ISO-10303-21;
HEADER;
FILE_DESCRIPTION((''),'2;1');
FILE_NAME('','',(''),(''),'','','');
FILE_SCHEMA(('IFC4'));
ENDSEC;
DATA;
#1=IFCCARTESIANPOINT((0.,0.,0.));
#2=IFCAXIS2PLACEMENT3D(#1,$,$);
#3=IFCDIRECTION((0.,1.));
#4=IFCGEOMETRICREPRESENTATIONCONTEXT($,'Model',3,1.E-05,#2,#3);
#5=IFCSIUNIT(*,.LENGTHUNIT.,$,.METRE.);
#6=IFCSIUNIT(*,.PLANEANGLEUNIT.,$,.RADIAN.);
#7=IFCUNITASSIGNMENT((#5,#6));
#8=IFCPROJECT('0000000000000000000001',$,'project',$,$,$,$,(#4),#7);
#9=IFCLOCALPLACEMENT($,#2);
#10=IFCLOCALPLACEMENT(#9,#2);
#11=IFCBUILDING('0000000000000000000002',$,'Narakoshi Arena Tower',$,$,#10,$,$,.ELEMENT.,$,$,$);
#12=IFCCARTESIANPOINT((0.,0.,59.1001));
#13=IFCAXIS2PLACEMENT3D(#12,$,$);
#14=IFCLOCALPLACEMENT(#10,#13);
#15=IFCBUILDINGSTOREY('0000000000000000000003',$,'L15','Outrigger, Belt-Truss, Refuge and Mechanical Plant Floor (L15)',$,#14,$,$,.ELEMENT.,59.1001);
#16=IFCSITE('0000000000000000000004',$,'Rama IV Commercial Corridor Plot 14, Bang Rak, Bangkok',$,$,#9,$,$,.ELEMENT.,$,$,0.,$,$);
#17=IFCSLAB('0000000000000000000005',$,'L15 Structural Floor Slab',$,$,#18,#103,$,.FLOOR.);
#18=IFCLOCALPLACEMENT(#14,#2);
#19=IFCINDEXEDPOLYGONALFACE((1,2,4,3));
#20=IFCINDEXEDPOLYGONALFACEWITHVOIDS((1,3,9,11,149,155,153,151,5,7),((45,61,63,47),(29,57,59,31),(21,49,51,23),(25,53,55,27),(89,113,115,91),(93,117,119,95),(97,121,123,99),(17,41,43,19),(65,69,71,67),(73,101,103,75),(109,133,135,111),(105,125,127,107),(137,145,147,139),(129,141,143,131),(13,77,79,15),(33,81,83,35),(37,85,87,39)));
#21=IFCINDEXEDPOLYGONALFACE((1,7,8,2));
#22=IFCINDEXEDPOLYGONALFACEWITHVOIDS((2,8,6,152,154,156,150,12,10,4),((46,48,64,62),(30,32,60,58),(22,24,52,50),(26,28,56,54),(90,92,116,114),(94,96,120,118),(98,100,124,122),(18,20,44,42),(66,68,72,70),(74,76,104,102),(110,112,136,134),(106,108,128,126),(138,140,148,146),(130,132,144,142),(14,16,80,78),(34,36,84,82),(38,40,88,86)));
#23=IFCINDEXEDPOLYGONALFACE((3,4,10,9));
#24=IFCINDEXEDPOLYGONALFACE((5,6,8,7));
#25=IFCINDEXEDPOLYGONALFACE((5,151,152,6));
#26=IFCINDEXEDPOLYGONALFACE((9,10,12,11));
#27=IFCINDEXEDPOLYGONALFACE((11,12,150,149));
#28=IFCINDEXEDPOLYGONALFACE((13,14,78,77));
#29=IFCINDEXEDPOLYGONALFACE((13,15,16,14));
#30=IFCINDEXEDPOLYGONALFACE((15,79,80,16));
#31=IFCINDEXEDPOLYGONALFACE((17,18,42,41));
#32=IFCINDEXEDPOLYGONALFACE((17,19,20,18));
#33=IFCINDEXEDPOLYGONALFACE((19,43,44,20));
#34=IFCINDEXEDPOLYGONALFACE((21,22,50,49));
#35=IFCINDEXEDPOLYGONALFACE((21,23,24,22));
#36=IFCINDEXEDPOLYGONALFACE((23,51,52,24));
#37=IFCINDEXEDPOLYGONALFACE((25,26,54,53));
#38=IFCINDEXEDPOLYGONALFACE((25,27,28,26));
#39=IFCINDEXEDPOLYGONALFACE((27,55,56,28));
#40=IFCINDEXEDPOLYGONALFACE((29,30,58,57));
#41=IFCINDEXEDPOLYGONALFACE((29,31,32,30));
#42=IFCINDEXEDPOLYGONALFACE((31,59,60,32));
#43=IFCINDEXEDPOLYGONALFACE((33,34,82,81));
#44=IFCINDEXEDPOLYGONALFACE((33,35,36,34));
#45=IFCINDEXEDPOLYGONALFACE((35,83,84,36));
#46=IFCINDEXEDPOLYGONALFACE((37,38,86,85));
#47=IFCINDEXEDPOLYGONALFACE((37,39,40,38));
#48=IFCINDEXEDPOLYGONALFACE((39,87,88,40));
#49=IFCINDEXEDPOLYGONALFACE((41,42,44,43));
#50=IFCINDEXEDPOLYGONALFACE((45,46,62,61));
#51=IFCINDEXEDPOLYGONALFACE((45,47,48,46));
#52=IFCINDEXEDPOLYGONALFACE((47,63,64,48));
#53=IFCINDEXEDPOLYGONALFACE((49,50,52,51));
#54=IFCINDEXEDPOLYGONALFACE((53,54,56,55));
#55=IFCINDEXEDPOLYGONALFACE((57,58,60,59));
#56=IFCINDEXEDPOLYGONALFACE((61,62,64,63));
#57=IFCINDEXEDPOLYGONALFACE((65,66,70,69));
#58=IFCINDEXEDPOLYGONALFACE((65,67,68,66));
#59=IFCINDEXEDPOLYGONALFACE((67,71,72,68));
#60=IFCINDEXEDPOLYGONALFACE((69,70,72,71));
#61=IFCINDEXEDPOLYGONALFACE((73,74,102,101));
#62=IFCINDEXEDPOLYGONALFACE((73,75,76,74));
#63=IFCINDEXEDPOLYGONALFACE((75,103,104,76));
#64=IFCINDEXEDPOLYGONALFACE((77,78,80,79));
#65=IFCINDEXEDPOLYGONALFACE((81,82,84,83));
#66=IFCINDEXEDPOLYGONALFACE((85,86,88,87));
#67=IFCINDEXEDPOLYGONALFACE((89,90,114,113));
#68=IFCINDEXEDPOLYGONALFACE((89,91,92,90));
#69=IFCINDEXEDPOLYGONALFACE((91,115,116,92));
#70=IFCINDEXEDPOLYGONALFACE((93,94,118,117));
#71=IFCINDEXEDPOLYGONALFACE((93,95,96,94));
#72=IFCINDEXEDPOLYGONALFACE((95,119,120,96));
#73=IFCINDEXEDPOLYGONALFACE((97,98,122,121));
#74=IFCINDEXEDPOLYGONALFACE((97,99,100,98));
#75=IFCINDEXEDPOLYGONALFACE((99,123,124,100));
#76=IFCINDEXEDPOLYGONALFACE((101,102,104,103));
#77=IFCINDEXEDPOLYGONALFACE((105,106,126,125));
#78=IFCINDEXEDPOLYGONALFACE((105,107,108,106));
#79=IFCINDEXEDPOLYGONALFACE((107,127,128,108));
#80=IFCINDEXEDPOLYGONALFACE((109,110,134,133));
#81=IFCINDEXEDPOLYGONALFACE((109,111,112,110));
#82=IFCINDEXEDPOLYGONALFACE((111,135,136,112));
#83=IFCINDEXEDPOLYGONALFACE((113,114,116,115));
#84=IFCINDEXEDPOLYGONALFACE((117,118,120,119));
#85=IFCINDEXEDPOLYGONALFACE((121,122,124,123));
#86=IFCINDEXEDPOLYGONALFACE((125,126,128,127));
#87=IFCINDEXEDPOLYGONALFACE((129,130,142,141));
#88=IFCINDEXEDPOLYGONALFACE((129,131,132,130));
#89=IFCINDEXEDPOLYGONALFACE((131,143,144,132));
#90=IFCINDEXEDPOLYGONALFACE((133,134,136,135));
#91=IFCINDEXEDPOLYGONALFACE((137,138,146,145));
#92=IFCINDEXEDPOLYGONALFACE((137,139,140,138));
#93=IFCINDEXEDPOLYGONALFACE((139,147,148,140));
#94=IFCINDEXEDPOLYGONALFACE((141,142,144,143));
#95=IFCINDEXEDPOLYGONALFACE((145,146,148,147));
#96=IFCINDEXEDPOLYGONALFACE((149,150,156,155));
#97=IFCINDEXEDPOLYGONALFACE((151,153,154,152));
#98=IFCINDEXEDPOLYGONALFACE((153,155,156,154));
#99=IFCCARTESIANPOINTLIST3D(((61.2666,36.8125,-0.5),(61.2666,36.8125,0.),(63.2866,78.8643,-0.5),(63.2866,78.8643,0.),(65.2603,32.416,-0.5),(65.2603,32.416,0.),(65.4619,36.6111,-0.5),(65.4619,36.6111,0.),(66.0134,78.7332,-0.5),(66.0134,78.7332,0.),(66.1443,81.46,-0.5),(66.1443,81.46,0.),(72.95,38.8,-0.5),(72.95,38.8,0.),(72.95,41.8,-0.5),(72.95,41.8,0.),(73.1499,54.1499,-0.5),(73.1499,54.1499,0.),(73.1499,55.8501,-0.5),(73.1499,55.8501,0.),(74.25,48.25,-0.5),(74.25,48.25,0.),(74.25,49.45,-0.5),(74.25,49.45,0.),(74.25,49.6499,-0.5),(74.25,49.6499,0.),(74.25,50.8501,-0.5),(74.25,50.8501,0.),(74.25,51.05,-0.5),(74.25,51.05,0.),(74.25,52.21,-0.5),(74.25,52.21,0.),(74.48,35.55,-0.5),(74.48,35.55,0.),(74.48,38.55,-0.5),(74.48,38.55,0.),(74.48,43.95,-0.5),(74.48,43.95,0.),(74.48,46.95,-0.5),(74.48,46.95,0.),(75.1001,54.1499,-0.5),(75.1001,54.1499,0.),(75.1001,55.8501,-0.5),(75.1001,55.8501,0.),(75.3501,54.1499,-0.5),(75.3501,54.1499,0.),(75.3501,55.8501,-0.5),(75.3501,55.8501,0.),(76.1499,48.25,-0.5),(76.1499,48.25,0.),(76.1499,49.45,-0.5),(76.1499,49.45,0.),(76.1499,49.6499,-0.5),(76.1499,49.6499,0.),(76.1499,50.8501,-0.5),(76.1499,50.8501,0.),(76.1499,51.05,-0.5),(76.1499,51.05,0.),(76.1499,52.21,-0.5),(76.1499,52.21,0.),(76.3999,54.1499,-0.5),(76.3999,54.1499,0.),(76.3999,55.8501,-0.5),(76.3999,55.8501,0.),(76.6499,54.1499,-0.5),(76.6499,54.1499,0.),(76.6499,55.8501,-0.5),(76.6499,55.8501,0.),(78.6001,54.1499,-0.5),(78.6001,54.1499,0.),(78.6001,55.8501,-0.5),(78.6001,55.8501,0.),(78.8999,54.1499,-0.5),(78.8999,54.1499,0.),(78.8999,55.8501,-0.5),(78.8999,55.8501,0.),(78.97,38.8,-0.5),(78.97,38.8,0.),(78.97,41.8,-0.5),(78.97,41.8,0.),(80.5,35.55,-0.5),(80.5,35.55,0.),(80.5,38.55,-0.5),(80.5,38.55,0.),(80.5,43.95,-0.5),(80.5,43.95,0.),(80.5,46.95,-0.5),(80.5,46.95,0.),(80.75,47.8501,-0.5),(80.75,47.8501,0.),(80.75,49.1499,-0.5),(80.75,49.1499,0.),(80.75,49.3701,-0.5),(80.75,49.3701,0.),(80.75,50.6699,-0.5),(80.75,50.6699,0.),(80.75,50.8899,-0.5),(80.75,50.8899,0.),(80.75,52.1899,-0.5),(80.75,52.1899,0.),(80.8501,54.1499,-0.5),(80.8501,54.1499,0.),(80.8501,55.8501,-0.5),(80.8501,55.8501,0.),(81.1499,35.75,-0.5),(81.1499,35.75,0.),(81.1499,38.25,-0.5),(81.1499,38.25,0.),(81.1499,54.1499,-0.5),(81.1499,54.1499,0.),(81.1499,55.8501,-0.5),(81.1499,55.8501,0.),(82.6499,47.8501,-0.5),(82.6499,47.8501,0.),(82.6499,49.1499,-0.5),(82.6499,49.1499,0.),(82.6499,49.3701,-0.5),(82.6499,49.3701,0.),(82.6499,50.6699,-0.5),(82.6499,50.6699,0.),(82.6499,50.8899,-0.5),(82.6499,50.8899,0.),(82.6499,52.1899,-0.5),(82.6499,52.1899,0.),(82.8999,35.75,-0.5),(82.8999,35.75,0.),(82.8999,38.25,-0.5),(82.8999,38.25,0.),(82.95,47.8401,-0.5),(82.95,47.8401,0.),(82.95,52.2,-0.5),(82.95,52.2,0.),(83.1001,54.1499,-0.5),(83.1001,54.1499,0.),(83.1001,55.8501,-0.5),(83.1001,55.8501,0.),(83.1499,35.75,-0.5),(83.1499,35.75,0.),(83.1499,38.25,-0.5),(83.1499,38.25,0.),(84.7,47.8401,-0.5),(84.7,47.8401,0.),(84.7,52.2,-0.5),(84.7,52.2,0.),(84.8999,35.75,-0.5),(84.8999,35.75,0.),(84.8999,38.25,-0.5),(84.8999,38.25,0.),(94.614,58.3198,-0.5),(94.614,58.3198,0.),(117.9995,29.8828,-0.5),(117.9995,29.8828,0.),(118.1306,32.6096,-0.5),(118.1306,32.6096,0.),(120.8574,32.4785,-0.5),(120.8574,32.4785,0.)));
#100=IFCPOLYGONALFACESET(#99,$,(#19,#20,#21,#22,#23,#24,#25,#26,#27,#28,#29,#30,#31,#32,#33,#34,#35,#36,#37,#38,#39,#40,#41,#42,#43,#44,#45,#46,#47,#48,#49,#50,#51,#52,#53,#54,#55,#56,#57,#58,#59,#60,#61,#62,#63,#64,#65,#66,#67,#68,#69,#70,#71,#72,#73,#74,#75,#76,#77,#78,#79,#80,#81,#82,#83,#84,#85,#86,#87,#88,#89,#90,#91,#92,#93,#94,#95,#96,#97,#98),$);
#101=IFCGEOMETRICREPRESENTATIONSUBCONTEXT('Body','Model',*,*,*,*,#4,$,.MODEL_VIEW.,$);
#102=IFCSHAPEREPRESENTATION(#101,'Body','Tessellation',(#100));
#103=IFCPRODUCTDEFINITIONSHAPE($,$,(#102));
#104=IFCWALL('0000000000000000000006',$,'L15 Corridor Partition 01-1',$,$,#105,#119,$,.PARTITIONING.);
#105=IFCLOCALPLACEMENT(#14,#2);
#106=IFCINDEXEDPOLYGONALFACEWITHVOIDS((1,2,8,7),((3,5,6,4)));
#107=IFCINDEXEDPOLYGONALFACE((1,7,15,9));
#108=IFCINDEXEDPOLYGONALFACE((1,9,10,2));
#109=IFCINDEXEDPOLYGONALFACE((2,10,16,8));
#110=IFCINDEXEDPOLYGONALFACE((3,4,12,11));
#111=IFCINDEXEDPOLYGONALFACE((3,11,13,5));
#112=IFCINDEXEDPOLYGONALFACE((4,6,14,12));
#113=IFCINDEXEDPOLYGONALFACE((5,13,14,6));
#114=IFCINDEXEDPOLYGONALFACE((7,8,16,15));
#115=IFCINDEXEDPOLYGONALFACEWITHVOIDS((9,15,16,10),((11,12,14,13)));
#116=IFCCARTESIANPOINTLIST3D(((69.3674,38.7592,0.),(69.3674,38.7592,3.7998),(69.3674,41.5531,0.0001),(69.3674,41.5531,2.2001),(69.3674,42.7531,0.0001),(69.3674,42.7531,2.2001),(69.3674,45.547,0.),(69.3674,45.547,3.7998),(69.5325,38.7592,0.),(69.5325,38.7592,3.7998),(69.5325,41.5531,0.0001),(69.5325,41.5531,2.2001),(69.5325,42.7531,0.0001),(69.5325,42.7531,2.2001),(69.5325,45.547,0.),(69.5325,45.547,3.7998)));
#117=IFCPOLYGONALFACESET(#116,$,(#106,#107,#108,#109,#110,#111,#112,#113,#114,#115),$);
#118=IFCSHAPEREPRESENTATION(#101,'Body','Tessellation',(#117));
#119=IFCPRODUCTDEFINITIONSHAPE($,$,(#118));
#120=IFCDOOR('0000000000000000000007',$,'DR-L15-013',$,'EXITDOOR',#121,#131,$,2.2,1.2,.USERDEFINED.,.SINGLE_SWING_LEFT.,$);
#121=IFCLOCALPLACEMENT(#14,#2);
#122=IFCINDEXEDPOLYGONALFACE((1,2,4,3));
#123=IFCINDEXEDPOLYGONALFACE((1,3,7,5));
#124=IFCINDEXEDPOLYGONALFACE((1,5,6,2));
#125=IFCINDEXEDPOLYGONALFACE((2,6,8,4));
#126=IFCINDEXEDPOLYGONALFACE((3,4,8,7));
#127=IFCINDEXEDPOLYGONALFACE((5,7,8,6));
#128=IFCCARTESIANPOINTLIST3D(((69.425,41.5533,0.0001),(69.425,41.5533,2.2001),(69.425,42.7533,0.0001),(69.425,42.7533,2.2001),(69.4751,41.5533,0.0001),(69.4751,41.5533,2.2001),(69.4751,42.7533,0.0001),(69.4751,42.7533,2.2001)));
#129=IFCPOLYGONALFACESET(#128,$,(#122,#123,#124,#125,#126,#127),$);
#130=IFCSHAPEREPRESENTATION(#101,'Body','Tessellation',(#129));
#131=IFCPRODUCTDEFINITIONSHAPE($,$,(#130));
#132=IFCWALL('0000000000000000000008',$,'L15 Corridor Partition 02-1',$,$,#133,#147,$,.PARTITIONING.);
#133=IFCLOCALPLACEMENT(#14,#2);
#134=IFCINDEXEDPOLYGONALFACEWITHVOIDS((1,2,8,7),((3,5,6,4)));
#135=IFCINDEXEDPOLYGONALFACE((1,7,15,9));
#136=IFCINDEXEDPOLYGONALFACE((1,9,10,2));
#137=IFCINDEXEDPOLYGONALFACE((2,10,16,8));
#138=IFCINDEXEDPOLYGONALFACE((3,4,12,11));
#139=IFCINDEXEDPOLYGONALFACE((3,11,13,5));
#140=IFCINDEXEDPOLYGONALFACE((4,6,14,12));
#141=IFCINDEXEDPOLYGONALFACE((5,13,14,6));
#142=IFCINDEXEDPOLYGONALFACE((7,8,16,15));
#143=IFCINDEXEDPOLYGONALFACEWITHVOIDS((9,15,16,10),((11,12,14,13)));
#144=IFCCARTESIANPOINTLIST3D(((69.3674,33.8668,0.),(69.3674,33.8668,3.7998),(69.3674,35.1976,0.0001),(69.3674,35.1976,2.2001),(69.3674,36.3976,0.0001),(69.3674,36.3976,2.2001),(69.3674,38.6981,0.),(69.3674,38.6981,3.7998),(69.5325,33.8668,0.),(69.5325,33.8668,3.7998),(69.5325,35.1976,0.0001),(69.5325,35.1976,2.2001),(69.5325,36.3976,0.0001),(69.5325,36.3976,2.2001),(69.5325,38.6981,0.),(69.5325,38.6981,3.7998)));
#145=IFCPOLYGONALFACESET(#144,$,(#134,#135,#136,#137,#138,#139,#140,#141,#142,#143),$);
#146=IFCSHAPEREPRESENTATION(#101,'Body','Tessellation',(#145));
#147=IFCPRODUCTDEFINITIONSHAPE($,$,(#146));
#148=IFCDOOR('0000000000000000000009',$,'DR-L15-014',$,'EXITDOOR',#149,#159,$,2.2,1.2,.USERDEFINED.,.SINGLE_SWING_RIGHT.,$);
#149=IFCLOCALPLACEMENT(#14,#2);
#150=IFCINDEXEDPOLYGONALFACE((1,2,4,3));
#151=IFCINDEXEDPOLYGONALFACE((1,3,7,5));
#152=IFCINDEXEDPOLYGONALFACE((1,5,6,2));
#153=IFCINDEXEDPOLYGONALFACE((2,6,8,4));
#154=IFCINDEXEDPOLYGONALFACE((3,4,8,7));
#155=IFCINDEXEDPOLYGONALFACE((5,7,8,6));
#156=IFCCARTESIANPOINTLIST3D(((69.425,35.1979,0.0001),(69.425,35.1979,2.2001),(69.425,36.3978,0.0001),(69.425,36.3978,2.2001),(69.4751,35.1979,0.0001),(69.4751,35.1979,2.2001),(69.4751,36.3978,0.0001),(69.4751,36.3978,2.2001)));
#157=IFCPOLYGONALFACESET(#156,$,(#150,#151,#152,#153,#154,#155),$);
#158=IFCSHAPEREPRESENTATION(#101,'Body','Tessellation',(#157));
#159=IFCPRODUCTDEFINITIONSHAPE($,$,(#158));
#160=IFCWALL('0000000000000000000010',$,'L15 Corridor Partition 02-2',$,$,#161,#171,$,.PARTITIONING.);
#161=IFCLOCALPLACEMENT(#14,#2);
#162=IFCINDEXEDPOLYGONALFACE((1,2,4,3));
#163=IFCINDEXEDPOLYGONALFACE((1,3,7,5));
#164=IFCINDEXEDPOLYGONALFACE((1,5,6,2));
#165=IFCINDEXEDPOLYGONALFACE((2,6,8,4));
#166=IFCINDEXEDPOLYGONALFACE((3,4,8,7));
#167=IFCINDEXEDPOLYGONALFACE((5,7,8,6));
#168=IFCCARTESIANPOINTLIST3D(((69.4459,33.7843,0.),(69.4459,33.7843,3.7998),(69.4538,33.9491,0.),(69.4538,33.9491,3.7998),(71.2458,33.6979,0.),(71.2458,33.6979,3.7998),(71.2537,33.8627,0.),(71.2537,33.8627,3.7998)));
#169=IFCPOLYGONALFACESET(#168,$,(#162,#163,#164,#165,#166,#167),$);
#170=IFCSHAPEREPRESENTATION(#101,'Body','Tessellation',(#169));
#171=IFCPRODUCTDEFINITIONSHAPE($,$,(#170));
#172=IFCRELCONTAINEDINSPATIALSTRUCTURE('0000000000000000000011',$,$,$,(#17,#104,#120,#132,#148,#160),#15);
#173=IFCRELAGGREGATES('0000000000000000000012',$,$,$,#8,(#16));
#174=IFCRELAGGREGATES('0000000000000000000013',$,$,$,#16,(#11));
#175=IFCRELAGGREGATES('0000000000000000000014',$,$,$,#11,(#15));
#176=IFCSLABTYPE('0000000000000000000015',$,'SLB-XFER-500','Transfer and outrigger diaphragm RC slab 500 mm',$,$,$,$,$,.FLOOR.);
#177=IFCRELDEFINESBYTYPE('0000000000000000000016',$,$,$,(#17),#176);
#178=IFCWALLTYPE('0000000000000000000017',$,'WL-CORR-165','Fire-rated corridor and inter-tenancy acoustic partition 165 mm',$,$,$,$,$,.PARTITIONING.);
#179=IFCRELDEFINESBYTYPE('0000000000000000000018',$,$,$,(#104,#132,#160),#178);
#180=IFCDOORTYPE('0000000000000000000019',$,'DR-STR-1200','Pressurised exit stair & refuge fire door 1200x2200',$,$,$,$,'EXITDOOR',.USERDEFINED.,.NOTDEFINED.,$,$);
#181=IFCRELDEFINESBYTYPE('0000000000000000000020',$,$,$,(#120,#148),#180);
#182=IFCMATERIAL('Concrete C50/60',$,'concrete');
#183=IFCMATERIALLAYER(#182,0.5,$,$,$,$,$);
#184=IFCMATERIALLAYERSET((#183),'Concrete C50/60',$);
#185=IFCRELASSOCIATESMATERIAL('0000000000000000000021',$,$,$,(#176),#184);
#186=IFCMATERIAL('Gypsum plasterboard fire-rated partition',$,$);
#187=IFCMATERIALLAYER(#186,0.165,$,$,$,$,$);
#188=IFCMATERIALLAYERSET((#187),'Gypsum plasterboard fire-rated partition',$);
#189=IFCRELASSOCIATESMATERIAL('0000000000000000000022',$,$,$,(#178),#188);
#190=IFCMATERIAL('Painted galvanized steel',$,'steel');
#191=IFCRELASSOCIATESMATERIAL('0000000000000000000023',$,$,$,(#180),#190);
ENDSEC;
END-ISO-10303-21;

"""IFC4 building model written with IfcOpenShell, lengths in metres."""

from ifc_helpers import new_model, si_unit, direction, frame, frame_2d, origin, place, context, subcontext, project, spatial, polyline, rectangle, outline, extrude, material, layer, layer_set, type_object, element, fill, save


model = new_model("IFC4")

# Units and contexts
model_context = context("Model", 3, precision=1e-05, world=origin(), true_north=direction((0.0, 1.0)))
body_context = subcontext(model_context, "Body", "Model", "MODEL_VIEW")
ifc_project = project(units=[si_unit("LENGTHUNIT", "METRE"), si_unit("PLANEANGLEUNIT", "RADIAN")], contexts=[model_context])

# Site, building, storey
site_placement = place(None, origin())
site = spatial("IfcSite", under=ifc_project, at=site_placement, Name="Rama IV Commercial Corridor Plot 14, Bang Rak, Bangkok", CompositionType="ELEMENT", RefElevation=0.0)
building_placement = place(site_placement, origin())
building = spatial("IfcBuilding", under=site, at=building_placement, Name="Narakoshi Arena Tower", CompositionType="ELEMENT")
storey_placement = place(building_placement, frame((0.0, 0.0, 59.1001)))
storey = spatial("IfcBuildingStorey", under=building, at=storey_placement, Name="L15", Description="Outrigger, Belt-Truss, Refuge and Mechanical Plant Floor (L15)", CompositionType="ELEMENT", Elevation=59.1001)

# Slab
ifc_material_1 = material(Name="Concrete C50/60", Category="concrete")
ifc_layer_1 = layer(ifc_material_1, 0.5)
ifc_layer_set_1 = layer_set([ifc_layer_1], Name="Concrete C50/60")
slab_type_1 = type_object("IfcSlabType", Name="SLB-XFER-500", Description="Transfer and outrigger diaphragm RC slab 500 mm", PredefinedType="FLOOR", material=ifc_layer_set_1)
slab_1_placement = place(storey_placement, frame((0.0, 0.0, -0.5)))
element("IfcSlab", 1, at=slab_1_placement, inside=storey, type_object=slab_type_1, Name="L15 Structural Floor Slab", PredefinedType="FLOOR", context=body_context, shape_type="SweptSolid", body=[
    extrude(outline(polyline([(65.2603, 32.416), (117.9995, 29.8828), (118.1306, 32.6096), (120.8574, 32.4785), (94.614, 58.3198), (66.1443, 81.46), (66.0134, 78.7332), (63.2866, 78.8643), (61.2666, 36.8125), (65.4619, 36.6111), (65.2603, 32.416)]), holes=[polyline([(74.48, 35.55), (74.48, 38.55), (80.5, 38.55), (80.5, 35.55), (74.48, 35.55)]), polyline([(81.1499, 35.75), (81.1499, 38.25), (82.8999, 38.25), (82.8999, 35.75), (81.1499, 35.75)]), polyline([(83.1499, 35.75), (83.1499, 38.25), (84.8999, 38.25), (84.8999, 35.75), (83.1499, 35.75)]), polyline([(72.95, 38.8), (72.95, 41.8), (78.97, 41.8), (78.97, 38.8), (72.95, 38.8)]), polyline([(74.48, 43.95), (74.48, 46.95), (80.5, 46.95), (80.5, 43.95), (74.48, 43.95)]), polyline([(82.95, 47.8401), (82.95, 52.2), (84.7, 52.2), (84.7, 47.8401), (82.95, 47.8401)]), polyline([(80.75, 47.8501), (80.75, 49.1499), (82.6499, 49.1499), (82.6499, 47.8501), (80.75, 47.8501)]), polyline([(74.25, 48.25), (74.25, 49.45), (76.1499, 49.45), (76.1499, 48.25), (74.25, 48.25)]), polyline([(80.75, 49.3701), (80.75, 50.6699), (82.6499, 50.6699), (82.6499, 49.3701), (80.75, 49.3701)]), polyline([(74.25, 49.6499), (74.25, 50.8501), (76.1499, 50.8501), (76.1499, 49.6499), (74.25, 49.6499)]), polyline([(80.75, 50.8899), (80.75, 52.1899), (82.6499, 52.1899), (82.6499, 50.8899), (80.75, 50.8899)]), polyline([(74.25, 51.05), (74.25, 52.21), (76.1499, 52.21), (76.1499, 51.05), (74.25, 51.05)]), polyline([(73.1499, 54.1499), (73.1499, 55.8501), (75.1001, 55.8501), (75.1001, 54.1499), (73.1499, 54.1499)]), polyline([(75.3501, 54.1499), (75.3501, 55.8501), (76.3999, 55.8501), (76.3999, 54.1499), (75.3501, 54.1499)]), polyline([(76.6499, 54.1499), (76.6499, 55.8501), (78.6001, 55.8501), (78.6001, 54.1499), (76.6499, 54.1499)]), polyline([(78.8999, 55.8501), (80.8501, 55.8501), (80.8501, 54.1499), (78.8999, 54.1499), (78.8999, 55.8501)]), polyline([(81.1499, 55.8501), (83.1001, 55.8501), (83.1001, 54.1499), (81.1499, 54.1499), (81.1499, 55.8501)])]), origin(), (0.0, 0.0, 1.0), 0.5),
])

# Walls, openings, doors
ifc_material_2 = material(Name="Gypsum plasterboard fire-rated partition")
ifc_layer_2 = layer(ifc_material_2, 0.165)
ifc_layer_set_2 = layer_set([ifc_layer_2], Name="Gypsum plasterboard fire-rated partition")
wall_type_1 = type_object("IfcWallType", Name="WL-CORR-165", Description="Fire-rated corridor and inter-tenancy acoustic partition 165 mm", PredefinedType="PARTITIONING", material=ifc_layer_set_2)
wall_1_placement = place(storey_placement, frame((69.45, 45.5471, 0.0), z_axis=(0.0, 0.0, 1.0), x_axis=(0.0, -1.0, 0.0)))
wall_1 = element("IfcWall", 2, at=wall_1_placement, inside=storey, type_object=wall_type_1, Name="L15 Corridor Partition 01-1", PredefinedType="PARTITIONING", context=body_context, shape_type="SweptSolid", body=[
    extrude(rectangle(XDim=6.7878, YDim=0.165, at=frame_2d((3.394, 0.0))), origin(), (0.0, 0.0, 1.0), 3.7998),
])
opening_1_placement = place(wall_1_placement, frame((2.7939, 0.0, 0.0)))
opening_1 = element("IfcOpeningElement", 3, at=opening_1_placement, cuts=wall_1, PredefinedType="OPENING", context=body_context, shape_type="SweptSolid", body=[
    extrude(rectangle(XDim=1.2, YDim=2.2, at=frame_2d((0.6001, 1.1001))), frame((0.0, 0.0925, 0.0), z_axis=(0.0, -1.0, 0.0), x_axis=(1.0, 0.0, 0.0)), (0.0, 0.0, 1.0), 0.1851),
])
ifc_material_3 = material(Name="Painted galvanized steel", Category="steel")
door_type_1 = type_object("IfcDoorType", Name="DR-STR-1200", Description="Pressurised exit stair & refuge fire door 1200x2200", ElementType="EXITDOOR", OperationType="NOTDEFINED", PredefinedType="USERDEFINED", material=ifc_material_3)
door_1_placement = place(opening_1_placement, frame((1.2, 0.0, 0.0), z_axis=(0.0, 0.0, 1.0), x_axis=(-1.0, 0.0, 0.0)))
door_1 = element("IfcDoor", 4, at=door_1_placement, inside=storey, type_object=door_type_1, Name="DR-L15-013", ObjectType="EXITDOOR", OperationType="SINGLE_SWING_LEFT", OverallHeight=2.2, OverallWidth=1.2, PredefinedType="USERDEFINED", context=body_context, shape_type="SweptSolid", body=[
    extrude(rectangle(XDim=1.2, YDim=2.2, at=frame_2d((0.6001, 1.1001))), frame((0.0, 0.0249, 0.0), z_axis=(0.0, -1.0, 0.0), x_axis=(1.0, 0.0, 0.0)), (0.0, 0.0, 1.0), 0.05),
])
fill(opening_1, door_1)
wall_2_placement = place(storey_placement, frame((69.45, 38.698, 0.0), z_axis=(0.0, 0.0, 1.0), x_axis=(0.0, -1.0, 0.0)))
wall_2 = element("IfcWall", 5, at=wall_2_placement, inside=storey, type_object=wall_type_1, Name="L15 Corridor Partition 02-1", PredefinedType="PARTITIONING", context=body_context, shape_type="SweptSolid", body=[
    extrude(rectangle(XDim=4.8313, YDim=0.165, at=frame_2d((2.4155, 0.0))), origin(), (0.0, 0.0, 1.0), 3.7998),
])
opening_2_placement = place(wall_2_placement, frame((2.3003, 0.0, 0.0)))
opening_2 = element("IfcOpeningElement", 6, at=opening_2_placement, cuts=wall_2, PredefinedType="OPENING", context=body_context, shape_type="SweptSolid", body=[
    extrude(rectangle(XDim=1.2, YDim=2.2, at=frame_2d((0.6001, 1.1001))), frame((0.0, 0.0925, 0.0), z_axis=(0.0, -1.0, 0.0), x_axis=(1.0, 0.0, 0.0)), (0.0, 0.0, 1.0), 0.1851),
])
door_2_placement = place(opening_2_placement, frame((1.2, 0.0, 0.0), z_axis=(0.0, 0.0, 1.0), x_axis=(-1.0, 0.0, 0.0)))
door_2 = element("IfcDoor", 7, at=door_2_placement, inside=storey, type_object=door_type_1, Name="DR-L15-014", ObjectType="EXITDOOR", OperationType="SINGLE_SWING_RIGHT", OverallHeight=2.2, OverallWidth=1.2, PredefinedType="USERDEFINED", context=body_context, shape_type="SweptSolid", body=[
    extrude(rectangle(XDim=1.2, YDim=2.2, at=frame_2d((0.6001, 1.1001))), frame((0.0, 0.0249, 0.0), z_axis=(0.0, -1.0, 0.0), x_axis=(1.0, 0.0, 0.0)), (0.0, 0.0, 1.0), 0.05),
])
fill(opening_2, door_2)

# Wall
wall_3_placement = place(storey_placement, frame((69.45, 33.8667, 0.0), z_axis=(0.0, 0.0, 1.0), x_axis=(0.998849, -0.047958, 0.0)))
element("IfcWall", 8, at=wall_3_placement, inside=storey, type_object=wall_type_1, Name="L15 Corridor Partition 02-2", PredefinedType="PARTITIONING", context=body_context, shape_type="SweptSolid", body=[
    extrude(rectangle(XDim=1.802, YDim=0.165, at=frame_2d((0.9009, 0.0))), origin(), (0.0, 0.0, 1.0), 3.7998),
])

save(model, "model.ifc")
